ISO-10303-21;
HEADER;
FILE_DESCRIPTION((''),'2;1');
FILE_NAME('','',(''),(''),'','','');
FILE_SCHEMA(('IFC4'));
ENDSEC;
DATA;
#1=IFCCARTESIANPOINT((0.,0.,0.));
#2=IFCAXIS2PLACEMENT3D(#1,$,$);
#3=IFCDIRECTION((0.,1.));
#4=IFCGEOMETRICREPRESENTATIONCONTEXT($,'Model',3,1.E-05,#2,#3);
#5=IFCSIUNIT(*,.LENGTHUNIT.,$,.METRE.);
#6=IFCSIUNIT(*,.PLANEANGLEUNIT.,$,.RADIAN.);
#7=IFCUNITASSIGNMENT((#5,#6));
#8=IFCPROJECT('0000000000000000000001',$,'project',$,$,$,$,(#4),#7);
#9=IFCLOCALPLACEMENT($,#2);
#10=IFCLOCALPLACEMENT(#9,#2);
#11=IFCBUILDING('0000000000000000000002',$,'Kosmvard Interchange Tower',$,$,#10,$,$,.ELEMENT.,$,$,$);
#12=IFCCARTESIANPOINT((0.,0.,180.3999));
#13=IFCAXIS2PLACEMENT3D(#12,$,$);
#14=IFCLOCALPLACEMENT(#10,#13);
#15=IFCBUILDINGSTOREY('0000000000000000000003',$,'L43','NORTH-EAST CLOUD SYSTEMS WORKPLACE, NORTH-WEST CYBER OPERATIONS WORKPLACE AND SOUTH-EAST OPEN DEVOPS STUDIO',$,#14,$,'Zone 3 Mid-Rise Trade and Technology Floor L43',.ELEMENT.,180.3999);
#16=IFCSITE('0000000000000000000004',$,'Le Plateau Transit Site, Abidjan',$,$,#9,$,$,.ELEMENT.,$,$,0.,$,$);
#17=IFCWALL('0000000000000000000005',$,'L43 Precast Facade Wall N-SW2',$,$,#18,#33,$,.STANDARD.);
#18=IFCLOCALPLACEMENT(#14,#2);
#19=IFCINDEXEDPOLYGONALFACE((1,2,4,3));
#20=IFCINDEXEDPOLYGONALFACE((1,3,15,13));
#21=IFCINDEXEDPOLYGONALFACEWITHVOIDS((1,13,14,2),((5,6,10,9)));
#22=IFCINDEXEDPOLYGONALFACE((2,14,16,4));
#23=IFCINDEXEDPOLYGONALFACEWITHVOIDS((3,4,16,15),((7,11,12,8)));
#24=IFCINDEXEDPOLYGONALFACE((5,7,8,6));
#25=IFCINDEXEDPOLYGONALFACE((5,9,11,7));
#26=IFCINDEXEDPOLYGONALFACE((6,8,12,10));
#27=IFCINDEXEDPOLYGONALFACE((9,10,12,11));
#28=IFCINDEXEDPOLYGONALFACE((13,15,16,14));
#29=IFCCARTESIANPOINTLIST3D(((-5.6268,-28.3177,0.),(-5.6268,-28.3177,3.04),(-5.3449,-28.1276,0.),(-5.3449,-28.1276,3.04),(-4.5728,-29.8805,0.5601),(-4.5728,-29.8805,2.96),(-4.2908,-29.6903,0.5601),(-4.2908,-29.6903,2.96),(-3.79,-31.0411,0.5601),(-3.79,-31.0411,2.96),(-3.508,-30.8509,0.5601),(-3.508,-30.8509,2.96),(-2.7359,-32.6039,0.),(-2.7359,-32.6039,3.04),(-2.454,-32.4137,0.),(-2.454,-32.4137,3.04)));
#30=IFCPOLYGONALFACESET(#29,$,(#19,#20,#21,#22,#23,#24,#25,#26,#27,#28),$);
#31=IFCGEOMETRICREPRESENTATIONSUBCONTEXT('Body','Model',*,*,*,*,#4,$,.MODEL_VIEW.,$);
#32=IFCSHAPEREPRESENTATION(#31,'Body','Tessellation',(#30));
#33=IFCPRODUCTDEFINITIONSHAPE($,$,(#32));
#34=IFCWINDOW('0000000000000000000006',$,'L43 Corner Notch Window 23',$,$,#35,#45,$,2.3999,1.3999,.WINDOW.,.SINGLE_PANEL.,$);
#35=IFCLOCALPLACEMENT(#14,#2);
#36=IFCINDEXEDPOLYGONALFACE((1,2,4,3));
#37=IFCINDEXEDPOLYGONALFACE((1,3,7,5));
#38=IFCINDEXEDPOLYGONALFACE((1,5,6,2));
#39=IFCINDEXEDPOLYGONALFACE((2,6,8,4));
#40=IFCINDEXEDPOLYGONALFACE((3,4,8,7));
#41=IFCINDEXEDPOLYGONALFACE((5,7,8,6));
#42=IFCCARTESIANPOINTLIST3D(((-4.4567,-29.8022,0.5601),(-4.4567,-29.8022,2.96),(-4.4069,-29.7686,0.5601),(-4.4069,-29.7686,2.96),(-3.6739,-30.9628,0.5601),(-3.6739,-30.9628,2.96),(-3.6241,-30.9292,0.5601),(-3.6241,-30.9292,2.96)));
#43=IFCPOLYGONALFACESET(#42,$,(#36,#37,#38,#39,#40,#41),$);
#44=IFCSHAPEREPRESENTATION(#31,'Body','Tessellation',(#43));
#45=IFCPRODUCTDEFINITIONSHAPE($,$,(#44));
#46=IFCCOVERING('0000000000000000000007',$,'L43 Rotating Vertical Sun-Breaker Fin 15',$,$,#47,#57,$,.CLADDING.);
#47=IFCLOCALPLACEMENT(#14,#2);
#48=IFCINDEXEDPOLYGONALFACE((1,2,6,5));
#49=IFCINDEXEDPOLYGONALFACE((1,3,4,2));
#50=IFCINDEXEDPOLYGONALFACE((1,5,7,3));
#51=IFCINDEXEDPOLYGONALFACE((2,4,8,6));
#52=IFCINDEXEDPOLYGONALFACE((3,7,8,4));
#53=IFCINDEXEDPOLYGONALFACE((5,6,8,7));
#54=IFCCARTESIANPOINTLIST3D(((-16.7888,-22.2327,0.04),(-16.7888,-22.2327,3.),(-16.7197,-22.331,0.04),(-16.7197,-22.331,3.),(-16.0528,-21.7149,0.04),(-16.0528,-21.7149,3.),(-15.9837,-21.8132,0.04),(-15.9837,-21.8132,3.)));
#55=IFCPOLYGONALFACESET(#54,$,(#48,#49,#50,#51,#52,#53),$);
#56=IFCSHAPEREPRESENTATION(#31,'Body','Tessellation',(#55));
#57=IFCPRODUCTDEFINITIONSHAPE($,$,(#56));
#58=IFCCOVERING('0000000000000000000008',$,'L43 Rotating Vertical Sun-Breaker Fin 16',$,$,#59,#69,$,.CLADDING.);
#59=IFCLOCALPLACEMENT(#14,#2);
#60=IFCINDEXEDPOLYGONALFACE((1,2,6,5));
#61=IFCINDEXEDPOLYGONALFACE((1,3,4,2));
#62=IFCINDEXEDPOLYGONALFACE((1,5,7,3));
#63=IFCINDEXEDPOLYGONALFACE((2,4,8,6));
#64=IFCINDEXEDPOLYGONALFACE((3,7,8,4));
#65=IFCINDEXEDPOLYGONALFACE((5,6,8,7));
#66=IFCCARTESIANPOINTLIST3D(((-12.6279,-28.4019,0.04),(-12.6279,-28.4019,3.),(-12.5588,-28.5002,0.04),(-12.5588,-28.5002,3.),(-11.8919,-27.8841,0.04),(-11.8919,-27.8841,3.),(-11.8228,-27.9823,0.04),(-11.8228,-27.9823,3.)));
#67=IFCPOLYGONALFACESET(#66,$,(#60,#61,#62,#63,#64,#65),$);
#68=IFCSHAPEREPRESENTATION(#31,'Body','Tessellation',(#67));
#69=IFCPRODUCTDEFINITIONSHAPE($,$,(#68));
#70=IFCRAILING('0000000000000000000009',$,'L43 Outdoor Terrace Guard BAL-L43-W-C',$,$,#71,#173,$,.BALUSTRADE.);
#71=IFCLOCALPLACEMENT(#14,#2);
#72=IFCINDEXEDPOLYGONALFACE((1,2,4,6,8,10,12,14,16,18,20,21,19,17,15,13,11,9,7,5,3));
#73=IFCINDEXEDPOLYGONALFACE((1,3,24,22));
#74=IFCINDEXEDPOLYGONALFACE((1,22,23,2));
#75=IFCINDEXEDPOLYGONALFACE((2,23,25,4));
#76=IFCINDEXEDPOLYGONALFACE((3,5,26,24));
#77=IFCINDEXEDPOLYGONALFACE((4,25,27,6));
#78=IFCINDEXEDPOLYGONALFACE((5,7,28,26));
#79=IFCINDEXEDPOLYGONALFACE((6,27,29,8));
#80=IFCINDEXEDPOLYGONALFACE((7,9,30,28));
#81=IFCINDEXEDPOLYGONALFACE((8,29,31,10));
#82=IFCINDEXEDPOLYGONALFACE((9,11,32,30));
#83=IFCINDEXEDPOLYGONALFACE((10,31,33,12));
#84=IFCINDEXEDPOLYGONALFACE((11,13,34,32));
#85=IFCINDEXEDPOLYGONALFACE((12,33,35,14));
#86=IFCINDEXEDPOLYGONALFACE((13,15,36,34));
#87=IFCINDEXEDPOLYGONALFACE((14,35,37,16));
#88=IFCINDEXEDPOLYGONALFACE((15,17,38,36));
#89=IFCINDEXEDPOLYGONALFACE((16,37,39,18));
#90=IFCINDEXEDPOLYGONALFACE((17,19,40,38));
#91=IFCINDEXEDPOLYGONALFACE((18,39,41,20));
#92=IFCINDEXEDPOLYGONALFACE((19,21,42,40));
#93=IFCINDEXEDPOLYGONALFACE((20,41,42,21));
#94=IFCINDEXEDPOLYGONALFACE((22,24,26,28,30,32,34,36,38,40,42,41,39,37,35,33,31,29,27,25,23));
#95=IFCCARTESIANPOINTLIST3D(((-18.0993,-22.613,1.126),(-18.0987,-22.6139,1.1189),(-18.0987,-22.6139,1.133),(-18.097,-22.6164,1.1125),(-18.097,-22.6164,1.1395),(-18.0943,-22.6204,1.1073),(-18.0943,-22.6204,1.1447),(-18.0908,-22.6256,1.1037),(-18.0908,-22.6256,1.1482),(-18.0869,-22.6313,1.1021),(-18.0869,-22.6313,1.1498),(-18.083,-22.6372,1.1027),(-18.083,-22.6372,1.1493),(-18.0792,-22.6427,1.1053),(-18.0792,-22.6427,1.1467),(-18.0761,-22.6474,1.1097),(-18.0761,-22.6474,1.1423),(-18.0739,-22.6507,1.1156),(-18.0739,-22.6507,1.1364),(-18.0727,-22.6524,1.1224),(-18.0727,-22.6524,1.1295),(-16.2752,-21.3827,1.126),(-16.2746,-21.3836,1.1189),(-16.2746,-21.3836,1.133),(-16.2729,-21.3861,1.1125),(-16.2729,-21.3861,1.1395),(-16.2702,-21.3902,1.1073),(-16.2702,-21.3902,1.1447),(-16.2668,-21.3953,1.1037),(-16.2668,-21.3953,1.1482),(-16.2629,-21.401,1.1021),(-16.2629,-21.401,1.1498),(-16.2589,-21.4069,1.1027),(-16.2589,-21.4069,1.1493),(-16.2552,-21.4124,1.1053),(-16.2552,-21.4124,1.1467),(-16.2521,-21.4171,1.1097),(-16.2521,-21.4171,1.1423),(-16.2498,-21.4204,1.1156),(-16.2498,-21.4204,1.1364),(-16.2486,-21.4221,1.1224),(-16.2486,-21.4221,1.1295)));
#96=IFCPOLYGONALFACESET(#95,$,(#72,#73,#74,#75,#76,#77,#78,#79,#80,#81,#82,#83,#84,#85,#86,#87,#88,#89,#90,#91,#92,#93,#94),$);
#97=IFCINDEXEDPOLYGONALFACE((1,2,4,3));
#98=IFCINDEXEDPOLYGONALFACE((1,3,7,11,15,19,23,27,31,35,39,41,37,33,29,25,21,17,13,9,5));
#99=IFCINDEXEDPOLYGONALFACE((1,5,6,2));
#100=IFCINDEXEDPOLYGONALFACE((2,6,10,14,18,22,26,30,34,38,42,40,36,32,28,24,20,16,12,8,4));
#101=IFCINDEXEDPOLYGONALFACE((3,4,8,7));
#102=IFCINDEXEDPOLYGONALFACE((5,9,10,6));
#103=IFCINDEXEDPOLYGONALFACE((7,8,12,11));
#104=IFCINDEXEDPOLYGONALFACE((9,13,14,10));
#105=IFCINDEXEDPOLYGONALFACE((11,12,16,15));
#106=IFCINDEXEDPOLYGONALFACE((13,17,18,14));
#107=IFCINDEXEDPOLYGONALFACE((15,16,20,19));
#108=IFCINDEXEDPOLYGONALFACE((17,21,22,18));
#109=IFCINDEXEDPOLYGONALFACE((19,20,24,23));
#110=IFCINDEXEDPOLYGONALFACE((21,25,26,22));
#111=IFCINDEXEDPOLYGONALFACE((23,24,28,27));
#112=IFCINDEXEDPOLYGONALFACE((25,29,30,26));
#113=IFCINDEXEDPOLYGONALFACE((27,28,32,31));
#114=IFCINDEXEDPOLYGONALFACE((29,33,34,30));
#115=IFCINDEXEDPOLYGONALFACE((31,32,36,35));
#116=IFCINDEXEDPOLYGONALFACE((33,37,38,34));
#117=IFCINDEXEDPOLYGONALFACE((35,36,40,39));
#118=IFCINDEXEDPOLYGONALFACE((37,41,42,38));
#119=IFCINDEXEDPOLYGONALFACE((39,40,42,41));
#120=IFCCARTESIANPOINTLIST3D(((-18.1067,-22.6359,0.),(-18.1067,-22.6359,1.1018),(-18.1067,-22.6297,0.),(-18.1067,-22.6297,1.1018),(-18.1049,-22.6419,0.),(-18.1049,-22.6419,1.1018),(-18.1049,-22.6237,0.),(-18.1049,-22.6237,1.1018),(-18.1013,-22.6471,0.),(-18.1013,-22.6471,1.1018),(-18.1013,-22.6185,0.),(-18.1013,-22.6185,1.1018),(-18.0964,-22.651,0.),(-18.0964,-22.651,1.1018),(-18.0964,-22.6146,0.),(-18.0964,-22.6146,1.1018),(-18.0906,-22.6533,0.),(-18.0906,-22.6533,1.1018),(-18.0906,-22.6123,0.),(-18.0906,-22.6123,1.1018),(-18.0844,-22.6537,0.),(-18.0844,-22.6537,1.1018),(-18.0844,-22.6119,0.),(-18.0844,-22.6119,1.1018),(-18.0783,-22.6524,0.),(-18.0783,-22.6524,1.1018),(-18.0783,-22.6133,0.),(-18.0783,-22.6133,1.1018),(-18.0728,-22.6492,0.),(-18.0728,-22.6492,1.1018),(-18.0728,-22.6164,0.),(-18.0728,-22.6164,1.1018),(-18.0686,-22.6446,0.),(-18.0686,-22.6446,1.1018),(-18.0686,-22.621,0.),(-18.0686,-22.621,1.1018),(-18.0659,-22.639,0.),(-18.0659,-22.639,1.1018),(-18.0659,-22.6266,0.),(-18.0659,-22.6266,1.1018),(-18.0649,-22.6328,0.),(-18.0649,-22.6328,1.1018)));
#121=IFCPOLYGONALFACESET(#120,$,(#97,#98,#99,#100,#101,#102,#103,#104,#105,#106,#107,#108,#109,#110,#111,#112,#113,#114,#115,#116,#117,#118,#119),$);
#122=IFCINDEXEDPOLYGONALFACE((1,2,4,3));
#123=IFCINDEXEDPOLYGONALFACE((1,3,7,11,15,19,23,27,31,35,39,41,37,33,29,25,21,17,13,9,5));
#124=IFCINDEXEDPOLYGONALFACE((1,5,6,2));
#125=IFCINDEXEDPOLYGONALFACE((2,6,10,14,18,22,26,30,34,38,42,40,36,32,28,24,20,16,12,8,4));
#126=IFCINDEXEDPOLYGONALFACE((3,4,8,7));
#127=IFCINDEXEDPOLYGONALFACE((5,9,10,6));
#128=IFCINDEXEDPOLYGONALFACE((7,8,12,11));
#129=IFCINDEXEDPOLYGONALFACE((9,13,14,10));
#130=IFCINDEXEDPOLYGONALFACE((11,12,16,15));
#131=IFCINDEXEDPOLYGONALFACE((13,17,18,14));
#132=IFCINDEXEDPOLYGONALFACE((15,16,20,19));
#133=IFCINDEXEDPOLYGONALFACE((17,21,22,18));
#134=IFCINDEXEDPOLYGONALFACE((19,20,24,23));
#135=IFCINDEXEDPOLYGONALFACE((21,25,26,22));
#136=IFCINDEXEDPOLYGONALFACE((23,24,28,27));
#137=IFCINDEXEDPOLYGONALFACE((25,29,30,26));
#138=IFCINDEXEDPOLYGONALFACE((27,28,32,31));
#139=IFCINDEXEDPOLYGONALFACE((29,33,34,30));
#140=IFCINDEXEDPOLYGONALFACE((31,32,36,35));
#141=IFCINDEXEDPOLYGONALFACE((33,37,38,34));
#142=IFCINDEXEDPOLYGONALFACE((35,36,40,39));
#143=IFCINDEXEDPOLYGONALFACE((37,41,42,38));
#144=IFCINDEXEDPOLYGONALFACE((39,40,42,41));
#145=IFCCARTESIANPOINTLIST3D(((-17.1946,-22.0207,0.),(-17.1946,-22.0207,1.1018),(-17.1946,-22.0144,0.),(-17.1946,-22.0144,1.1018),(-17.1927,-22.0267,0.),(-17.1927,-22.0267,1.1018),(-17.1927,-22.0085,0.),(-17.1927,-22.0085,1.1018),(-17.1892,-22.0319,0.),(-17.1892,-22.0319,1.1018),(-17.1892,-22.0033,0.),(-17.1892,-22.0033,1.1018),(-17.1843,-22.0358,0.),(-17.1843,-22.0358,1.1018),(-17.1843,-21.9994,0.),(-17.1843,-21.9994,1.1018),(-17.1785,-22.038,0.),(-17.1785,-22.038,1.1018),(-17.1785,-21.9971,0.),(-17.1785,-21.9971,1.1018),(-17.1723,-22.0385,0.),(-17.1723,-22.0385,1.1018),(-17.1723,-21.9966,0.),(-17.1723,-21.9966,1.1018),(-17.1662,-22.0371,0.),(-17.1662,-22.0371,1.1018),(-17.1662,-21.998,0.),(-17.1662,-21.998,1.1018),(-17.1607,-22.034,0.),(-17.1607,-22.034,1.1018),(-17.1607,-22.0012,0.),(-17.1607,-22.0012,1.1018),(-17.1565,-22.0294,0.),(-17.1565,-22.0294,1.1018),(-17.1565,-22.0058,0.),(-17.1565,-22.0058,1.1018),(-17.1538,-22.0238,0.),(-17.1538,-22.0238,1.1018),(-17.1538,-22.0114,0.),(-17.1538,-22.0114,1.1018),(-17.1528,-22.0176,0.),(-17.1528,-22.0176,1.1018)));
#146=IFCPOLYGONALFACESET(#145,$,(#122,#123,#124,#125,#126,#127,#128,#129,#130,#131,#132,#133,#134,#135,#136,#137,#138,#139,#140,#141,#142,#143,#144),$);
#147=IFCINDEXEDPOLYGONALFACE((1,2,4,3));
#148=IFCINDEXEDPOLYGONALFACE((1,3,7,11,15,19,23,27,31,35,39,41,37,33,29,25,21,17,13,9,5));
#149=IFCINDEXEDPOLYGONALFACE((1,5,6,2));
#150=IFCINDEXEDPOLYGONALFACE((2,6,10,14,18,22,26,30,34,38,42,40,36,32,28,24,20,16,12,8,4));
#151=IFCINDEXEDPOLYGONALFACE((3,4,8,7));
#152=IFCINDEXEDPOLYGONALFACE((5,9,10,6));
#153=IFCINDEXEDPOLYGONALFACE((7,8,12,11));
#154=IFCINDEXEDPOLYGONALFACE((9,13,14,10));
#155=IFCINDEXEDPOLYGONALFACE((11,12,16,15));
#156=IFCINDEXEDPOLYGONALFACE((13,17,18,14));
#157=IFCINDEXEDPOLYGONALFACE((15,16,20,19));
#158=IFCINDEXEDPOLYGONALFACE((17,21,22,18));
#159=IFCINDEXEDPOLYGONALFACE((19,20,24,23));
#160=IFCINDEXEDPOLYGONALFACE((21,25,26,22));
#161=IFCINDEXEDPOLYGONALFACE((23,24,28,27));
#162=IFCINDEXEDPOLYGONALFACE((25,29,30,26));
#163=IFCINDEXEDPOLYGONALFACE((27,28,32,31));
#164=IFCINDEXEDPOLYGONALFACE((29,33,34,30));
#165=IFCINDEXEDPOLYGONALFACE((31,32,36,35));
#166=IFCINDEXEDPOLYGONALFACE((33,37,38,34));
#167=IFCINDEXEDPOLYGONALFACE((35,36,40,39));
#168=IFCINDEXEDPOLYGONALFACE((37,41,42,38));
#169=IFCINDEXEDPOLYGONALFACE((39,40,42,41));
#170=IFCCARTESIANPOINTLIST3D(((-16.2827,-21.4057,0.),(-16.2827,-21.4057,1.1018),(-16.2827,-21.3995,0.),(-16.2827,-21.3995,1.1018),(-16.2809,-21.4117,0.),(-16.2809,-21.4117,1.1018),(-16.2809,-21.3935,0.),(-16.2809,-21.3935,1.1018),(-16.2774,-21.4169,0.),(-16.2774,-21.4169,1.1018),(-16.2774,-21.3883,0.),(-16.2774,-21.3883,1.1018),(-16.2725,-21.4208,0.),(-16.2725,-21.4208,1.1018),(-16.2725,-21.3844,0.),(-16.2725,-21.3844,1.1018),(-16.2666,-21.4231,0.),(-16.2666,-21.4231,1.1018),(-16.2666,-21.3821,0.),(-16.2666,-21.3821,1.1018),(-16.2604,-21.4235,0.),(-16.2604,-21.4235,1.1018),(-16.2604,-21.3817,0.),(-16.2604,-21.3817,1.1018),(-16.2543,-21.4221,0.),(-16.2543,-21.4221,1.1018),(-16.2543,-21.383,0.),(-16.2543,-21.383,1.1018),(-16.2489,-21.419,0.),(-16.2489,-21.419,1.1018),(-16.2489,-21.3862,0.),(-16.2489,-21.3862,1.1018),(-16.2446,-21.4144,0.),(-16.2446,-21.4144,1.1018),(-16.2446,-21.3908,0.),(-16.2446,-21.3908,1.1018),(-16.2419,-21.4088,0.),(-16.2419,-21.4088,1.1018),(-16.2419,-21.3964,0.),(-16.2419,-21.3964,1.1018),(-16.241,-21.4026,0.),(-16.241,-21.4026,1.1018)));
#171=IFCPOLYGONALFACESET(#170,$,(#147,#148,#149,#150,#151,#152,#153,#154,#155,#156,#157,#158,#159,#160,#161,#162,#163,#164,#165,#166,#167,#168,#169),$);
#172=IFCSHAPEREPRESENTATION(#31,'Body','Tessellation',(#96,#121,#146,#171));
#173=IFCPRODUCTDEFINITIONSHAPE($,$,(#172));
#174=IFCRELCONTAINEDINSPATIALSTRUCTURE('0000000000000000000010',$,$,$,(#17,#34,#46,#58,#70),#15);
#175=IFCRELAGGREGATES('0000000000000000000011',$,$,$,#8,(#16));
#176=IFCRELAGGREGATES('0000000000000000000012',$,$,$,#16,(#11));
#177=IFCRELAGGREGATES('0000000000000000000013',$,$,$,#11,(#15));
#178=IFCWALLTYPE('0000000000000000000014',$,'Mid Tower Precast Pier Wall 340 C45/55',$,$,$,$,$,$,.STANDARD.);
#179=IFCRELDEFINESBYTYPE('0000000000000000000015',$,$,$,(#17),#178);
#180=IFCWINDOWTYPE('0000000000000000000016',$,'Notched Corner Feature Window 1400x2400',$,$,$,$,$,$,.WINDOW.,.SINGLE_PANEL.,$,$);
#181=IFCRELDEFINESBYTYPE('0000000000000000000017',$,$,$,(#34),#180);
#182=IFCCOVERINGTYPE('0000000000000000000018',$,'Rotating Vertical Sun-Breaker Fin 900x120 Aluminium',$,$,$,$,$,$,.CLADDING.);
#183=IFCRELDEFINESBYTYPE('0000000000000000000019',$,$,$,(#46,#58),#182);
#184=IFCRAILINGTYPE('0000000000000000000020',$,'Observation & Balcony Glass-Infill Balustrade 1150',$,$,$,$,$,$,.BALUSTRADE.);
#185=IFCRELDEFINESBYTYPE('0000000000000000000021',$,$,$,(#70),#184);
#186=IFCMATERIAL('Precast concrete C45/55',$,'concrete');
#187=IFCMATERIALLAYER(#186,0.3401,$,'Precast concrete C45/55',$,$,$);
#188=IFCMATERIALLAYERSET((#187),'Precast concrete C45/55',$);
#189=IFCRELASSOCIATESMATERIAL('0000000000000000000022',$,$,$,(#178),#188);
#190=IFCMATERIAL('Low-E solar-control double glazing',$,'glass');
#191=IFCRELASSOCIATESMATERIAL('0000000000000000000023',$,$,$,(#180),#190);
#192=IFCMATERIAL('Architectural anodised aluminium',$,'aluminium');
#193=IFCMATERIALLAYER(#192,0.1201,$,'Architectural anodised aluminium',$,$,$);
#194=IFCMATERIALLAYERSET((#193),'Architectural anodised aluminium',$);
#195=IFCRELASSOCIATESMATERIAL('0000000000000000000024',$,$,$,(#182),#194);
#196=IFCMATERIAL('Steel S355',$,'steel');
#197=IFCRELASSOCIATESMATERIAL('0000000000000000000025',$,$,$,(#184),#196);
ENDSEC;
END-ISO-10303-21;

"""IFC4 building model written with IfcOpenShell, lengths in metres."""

from ifc_helpers import new_model, si_unit, direction, frame, frame_2d, origin, origin_2d, place, context, subcontext, project, spatial, rectangle, circle, extrude, source, transform, mapped, material, layer, layer_set, type_object, element, fill, save


model = new_model("IFC4")

# Units and contexts
model_context = context("Model", 3, precision=1e-05, world=origin(), true_north=direction((0.0, 1.0)))
body_context = subcontext(model_context, "Body", "Model", "MODEL_VIEW")
ifc_project = project(units=[si_unit("LENGTHUNIT", "METRE"), si_unit("PLANEANGLEUNIT", "RADIAN")], contexts=[model_context])

# Site, building, storey
site_placement = place(None, origin())
site = spatial("IfcSite", under=ifc_project, at=site_placement, Name="Le Plateau Transit Site, Abidjan", CompositionType="ELEMENT", RefElevation=0.0)
building_placement = place(site_placement, origin())
building = spatial("IfcBuilding", under=site, at=building_placement, Name="Kosmvard Interchange Tower", CompositionType="ELEMENT")
storey_placement = place(building_placement, frame((0.0, 0.0, 180.3999)))
storey = spatial("IfcBuildingStorey", under=building, at=storey_placement, Name="L43", Description="NORTH-EAST CLOUD SYSTEMS WORKPLACE, NORTH-WEST CYBER OPERATIONS WORKPLACE AND SOUTH-EAST OPEN DEVOPS STUDIO", LongName="Zone 3 Mid-Rise Trade and Technology Floor L43", CompositionType="ELEMENT", Elevation=180.3999)

# Shared definitions
ifc_material_1 = material(Name="Steel S355", Category="steel")
ifc_material_2 = material(Name="Precast concrete C45/55", Category="concrete")

# Shared definitions
ifc_layer_1 = layer(ifc_material_2, 0.3401, Name="Precast concrete C45/55")
ifc_layer_set_1 = layer_set([ifc_layer_1], Name="Precast concrete C45/55")
wall_type = type_object("IfcWallType", Name="Mid Tower Precast Pier Wall 340 C45/55", PredefinedType="STANDARD", material=ifc_layer_set_1)
ifc_material_3 = material(Name="Low-E solar-control double glazing", Category="glass")
window_type_1 = type_object("IfcWindowType", Name="Notched Corner Feature Window 1400x2400", PartitioningType="SINGLE_PANEL", PredefinedType="WINDOW", material=ifc_material_3)
shared_shape_1 = source(origin(), body_context, "Body", "SweptSolid", [
    extrude(rectangle(XDim=1.3999, YDim=2.3999, at=frame_2d((0.7, 1.2))), frame((0.0, 0.03, 0.0), z_axis=(0.0, -1.0, 0.0), x_axis=(1.0, 0.0, 0.0)), (0.0, 0.0, 1.0), 0.0601),
])

# Wall, opening, window
wall_1_placement = place(storey_placement, frame((-5.4858, -28.2227, 0.0), z_axis=(0.0, 0.0, 1.0), x_axis=(0.559171, -0.829052, 0.0)))
wall_1 = element("IfcWall", 1, at=wall_1_placement, inside=storey, type_object=wall_type, Name="L43 Precast Facade Wall N-SW2", PredefinedType="STANDARD", context=body_context, shape_type="SweptSolid", body=[
    extrude(rectangle(XDim=5.1699, YDim=0.3401, at=frame_2d((2.585, 0.0))), origin(), (0.0, 0.0, 1.0), 3.04),
])
opening_1_placement = place(wall_1_placement, frame((1.885, 0.0, 0.5601)))
opening_1 = element("IfcOpeningElement", 2, at=opening_1_placement, cuts=wall_1, PredefinedType="OPENING", context=body_context, shape_type="SweptSolid", body=[
    extrude(rectangle(XDim=1.3999, YDim=2.3999, at=frame_2d((0.7, 1.2))), frame((0.0, 0.1802, 0.0), z_axis=(0.0, -1.0, 0.0), x_axis=(1.0, 0.0, 0.0)), (0.0, 0.0, 1.0), 0.3601),
])
window_1_placement = place(opening_1_placement, origin())
window_1 = element("IfcWindow", 3, at=window_1_placement, inside=storey, type_object=window_type_1, Name="L43 Corner Notch Window 23", OverallHeight=2.3999, OverallWidth=1.3999, PartitioningType="SINGLE_PANEL", PredefinedType="WINDOW", context=body_context, shape_type="MappedRepresentation", body=[
    mapped(shared_shape_1, transform((0.0, 0.0, 0.0), scale=1.0)),
])
fill(opening_1, window_1)

# Coverings
ifc_material_4 = material(Name="Architectural anodised aluminium", Category="aluminium")
ifc_layer_2 = layer(ifc_material_4, 0.1201, Name="Architectural anodised aluminium")
ifc_layer_set_2 = layer_set([ifc_layer_2], Name="Architectural anodised aluminium")
covering_type = type_object("IfcCoveringType", Name="Rotating Vertical Sun-Breaker Fin 900x120 Aluminium", PredefinedType="CLADDING", material=ifc_layer_set_2)
shared_shape_2 = source(origin(), body_context, "Body", "SweptSolid", [
    extrude(rectangle(XDim=0.8999, YDim=0.1201, at=origin_2d()), origin(), (0.0, 0.0, 1.0), 2.96),
])
for number, where, z_axis, x_axis, name in (
    (4, (-16.3862, -22.0229, 0.04), (0.0, 0.0, 1.0), (-0.817849, -0.575434, 0.0), "L43 Rotating Vertical Sun-Breaker Fin 15"),
    (5, (-12.2253, -28.1921, 0.04), (0.0, 0.0, 1.0), (-0.817849, -0.575434, 0.0), "L43 Rotating Vertical Sun-Breaker Fin 16"),
):
    element("IfcCovering", number, at=place(storey_placement, frame(where, z_axis=z_axis, x_axis=x_axis)), inside=storey, type_object=covering_type, Name=name, PredefinedType="CLADDING", context=body_context, shape_type="MappedRepresentation", body=[
        mapped(shared_shape_2, transform((0.0, 0.0, 0.0), scale=1.0)),
    ])

# Railing
railing_type = type_object("IfcRailingType", Name="Observation & Balcony Glass-Infill Balustrade 1150", PredefinedType="BALUSTRADE", material=ifc_material_1)
shared_shape_3 = source(origin(), body_context, "Body", "SweptSolid", [
    extrude(circle(Radius=0.0239, at=origin_2d()), frame((0.0, 0.0, 1.126), z_axis=(0.829051, 0.559174, 0.0), x_axis=(-0.559174, 0.829051, 0.0)), (0.0, 0.0, 1.0), 2.2002),
    extrude(circle(Radius=0.021, at=origin_2d()), origin(), (0.0, 0.0, 1.0), 1.1018),
    extrude(circle(Radius=0.021, at=origin_2d()), frame((0.9121, 0.6152, 0.0)), (0.0, 0.0, 1.0), 1.1018),
    extrude(circle(Radius=0.021, at=origin_2d()), frame((1.824, 1.2302, 0.0)), (0.0, 0.0, 1.0), 1.1018),
])
railing_1_placement = place(storey_placement, frame((-18.0859, -22.6328, 0.0)))
element("IfcRailing", 6, at=railing_1_placement, inside=storey, type_object=railing_type, Name="L43 Outdoor Terrace Guard BAL-L43-W-C", PredefinedType="BALUSTRADE", context=body_context, shape_type="MappedRepresentation", body=[
    mapped(shared_shape_3, transform((0.0, 0.0, 0.0), scale=1.0)),
])

save(model, "model.ifc")
